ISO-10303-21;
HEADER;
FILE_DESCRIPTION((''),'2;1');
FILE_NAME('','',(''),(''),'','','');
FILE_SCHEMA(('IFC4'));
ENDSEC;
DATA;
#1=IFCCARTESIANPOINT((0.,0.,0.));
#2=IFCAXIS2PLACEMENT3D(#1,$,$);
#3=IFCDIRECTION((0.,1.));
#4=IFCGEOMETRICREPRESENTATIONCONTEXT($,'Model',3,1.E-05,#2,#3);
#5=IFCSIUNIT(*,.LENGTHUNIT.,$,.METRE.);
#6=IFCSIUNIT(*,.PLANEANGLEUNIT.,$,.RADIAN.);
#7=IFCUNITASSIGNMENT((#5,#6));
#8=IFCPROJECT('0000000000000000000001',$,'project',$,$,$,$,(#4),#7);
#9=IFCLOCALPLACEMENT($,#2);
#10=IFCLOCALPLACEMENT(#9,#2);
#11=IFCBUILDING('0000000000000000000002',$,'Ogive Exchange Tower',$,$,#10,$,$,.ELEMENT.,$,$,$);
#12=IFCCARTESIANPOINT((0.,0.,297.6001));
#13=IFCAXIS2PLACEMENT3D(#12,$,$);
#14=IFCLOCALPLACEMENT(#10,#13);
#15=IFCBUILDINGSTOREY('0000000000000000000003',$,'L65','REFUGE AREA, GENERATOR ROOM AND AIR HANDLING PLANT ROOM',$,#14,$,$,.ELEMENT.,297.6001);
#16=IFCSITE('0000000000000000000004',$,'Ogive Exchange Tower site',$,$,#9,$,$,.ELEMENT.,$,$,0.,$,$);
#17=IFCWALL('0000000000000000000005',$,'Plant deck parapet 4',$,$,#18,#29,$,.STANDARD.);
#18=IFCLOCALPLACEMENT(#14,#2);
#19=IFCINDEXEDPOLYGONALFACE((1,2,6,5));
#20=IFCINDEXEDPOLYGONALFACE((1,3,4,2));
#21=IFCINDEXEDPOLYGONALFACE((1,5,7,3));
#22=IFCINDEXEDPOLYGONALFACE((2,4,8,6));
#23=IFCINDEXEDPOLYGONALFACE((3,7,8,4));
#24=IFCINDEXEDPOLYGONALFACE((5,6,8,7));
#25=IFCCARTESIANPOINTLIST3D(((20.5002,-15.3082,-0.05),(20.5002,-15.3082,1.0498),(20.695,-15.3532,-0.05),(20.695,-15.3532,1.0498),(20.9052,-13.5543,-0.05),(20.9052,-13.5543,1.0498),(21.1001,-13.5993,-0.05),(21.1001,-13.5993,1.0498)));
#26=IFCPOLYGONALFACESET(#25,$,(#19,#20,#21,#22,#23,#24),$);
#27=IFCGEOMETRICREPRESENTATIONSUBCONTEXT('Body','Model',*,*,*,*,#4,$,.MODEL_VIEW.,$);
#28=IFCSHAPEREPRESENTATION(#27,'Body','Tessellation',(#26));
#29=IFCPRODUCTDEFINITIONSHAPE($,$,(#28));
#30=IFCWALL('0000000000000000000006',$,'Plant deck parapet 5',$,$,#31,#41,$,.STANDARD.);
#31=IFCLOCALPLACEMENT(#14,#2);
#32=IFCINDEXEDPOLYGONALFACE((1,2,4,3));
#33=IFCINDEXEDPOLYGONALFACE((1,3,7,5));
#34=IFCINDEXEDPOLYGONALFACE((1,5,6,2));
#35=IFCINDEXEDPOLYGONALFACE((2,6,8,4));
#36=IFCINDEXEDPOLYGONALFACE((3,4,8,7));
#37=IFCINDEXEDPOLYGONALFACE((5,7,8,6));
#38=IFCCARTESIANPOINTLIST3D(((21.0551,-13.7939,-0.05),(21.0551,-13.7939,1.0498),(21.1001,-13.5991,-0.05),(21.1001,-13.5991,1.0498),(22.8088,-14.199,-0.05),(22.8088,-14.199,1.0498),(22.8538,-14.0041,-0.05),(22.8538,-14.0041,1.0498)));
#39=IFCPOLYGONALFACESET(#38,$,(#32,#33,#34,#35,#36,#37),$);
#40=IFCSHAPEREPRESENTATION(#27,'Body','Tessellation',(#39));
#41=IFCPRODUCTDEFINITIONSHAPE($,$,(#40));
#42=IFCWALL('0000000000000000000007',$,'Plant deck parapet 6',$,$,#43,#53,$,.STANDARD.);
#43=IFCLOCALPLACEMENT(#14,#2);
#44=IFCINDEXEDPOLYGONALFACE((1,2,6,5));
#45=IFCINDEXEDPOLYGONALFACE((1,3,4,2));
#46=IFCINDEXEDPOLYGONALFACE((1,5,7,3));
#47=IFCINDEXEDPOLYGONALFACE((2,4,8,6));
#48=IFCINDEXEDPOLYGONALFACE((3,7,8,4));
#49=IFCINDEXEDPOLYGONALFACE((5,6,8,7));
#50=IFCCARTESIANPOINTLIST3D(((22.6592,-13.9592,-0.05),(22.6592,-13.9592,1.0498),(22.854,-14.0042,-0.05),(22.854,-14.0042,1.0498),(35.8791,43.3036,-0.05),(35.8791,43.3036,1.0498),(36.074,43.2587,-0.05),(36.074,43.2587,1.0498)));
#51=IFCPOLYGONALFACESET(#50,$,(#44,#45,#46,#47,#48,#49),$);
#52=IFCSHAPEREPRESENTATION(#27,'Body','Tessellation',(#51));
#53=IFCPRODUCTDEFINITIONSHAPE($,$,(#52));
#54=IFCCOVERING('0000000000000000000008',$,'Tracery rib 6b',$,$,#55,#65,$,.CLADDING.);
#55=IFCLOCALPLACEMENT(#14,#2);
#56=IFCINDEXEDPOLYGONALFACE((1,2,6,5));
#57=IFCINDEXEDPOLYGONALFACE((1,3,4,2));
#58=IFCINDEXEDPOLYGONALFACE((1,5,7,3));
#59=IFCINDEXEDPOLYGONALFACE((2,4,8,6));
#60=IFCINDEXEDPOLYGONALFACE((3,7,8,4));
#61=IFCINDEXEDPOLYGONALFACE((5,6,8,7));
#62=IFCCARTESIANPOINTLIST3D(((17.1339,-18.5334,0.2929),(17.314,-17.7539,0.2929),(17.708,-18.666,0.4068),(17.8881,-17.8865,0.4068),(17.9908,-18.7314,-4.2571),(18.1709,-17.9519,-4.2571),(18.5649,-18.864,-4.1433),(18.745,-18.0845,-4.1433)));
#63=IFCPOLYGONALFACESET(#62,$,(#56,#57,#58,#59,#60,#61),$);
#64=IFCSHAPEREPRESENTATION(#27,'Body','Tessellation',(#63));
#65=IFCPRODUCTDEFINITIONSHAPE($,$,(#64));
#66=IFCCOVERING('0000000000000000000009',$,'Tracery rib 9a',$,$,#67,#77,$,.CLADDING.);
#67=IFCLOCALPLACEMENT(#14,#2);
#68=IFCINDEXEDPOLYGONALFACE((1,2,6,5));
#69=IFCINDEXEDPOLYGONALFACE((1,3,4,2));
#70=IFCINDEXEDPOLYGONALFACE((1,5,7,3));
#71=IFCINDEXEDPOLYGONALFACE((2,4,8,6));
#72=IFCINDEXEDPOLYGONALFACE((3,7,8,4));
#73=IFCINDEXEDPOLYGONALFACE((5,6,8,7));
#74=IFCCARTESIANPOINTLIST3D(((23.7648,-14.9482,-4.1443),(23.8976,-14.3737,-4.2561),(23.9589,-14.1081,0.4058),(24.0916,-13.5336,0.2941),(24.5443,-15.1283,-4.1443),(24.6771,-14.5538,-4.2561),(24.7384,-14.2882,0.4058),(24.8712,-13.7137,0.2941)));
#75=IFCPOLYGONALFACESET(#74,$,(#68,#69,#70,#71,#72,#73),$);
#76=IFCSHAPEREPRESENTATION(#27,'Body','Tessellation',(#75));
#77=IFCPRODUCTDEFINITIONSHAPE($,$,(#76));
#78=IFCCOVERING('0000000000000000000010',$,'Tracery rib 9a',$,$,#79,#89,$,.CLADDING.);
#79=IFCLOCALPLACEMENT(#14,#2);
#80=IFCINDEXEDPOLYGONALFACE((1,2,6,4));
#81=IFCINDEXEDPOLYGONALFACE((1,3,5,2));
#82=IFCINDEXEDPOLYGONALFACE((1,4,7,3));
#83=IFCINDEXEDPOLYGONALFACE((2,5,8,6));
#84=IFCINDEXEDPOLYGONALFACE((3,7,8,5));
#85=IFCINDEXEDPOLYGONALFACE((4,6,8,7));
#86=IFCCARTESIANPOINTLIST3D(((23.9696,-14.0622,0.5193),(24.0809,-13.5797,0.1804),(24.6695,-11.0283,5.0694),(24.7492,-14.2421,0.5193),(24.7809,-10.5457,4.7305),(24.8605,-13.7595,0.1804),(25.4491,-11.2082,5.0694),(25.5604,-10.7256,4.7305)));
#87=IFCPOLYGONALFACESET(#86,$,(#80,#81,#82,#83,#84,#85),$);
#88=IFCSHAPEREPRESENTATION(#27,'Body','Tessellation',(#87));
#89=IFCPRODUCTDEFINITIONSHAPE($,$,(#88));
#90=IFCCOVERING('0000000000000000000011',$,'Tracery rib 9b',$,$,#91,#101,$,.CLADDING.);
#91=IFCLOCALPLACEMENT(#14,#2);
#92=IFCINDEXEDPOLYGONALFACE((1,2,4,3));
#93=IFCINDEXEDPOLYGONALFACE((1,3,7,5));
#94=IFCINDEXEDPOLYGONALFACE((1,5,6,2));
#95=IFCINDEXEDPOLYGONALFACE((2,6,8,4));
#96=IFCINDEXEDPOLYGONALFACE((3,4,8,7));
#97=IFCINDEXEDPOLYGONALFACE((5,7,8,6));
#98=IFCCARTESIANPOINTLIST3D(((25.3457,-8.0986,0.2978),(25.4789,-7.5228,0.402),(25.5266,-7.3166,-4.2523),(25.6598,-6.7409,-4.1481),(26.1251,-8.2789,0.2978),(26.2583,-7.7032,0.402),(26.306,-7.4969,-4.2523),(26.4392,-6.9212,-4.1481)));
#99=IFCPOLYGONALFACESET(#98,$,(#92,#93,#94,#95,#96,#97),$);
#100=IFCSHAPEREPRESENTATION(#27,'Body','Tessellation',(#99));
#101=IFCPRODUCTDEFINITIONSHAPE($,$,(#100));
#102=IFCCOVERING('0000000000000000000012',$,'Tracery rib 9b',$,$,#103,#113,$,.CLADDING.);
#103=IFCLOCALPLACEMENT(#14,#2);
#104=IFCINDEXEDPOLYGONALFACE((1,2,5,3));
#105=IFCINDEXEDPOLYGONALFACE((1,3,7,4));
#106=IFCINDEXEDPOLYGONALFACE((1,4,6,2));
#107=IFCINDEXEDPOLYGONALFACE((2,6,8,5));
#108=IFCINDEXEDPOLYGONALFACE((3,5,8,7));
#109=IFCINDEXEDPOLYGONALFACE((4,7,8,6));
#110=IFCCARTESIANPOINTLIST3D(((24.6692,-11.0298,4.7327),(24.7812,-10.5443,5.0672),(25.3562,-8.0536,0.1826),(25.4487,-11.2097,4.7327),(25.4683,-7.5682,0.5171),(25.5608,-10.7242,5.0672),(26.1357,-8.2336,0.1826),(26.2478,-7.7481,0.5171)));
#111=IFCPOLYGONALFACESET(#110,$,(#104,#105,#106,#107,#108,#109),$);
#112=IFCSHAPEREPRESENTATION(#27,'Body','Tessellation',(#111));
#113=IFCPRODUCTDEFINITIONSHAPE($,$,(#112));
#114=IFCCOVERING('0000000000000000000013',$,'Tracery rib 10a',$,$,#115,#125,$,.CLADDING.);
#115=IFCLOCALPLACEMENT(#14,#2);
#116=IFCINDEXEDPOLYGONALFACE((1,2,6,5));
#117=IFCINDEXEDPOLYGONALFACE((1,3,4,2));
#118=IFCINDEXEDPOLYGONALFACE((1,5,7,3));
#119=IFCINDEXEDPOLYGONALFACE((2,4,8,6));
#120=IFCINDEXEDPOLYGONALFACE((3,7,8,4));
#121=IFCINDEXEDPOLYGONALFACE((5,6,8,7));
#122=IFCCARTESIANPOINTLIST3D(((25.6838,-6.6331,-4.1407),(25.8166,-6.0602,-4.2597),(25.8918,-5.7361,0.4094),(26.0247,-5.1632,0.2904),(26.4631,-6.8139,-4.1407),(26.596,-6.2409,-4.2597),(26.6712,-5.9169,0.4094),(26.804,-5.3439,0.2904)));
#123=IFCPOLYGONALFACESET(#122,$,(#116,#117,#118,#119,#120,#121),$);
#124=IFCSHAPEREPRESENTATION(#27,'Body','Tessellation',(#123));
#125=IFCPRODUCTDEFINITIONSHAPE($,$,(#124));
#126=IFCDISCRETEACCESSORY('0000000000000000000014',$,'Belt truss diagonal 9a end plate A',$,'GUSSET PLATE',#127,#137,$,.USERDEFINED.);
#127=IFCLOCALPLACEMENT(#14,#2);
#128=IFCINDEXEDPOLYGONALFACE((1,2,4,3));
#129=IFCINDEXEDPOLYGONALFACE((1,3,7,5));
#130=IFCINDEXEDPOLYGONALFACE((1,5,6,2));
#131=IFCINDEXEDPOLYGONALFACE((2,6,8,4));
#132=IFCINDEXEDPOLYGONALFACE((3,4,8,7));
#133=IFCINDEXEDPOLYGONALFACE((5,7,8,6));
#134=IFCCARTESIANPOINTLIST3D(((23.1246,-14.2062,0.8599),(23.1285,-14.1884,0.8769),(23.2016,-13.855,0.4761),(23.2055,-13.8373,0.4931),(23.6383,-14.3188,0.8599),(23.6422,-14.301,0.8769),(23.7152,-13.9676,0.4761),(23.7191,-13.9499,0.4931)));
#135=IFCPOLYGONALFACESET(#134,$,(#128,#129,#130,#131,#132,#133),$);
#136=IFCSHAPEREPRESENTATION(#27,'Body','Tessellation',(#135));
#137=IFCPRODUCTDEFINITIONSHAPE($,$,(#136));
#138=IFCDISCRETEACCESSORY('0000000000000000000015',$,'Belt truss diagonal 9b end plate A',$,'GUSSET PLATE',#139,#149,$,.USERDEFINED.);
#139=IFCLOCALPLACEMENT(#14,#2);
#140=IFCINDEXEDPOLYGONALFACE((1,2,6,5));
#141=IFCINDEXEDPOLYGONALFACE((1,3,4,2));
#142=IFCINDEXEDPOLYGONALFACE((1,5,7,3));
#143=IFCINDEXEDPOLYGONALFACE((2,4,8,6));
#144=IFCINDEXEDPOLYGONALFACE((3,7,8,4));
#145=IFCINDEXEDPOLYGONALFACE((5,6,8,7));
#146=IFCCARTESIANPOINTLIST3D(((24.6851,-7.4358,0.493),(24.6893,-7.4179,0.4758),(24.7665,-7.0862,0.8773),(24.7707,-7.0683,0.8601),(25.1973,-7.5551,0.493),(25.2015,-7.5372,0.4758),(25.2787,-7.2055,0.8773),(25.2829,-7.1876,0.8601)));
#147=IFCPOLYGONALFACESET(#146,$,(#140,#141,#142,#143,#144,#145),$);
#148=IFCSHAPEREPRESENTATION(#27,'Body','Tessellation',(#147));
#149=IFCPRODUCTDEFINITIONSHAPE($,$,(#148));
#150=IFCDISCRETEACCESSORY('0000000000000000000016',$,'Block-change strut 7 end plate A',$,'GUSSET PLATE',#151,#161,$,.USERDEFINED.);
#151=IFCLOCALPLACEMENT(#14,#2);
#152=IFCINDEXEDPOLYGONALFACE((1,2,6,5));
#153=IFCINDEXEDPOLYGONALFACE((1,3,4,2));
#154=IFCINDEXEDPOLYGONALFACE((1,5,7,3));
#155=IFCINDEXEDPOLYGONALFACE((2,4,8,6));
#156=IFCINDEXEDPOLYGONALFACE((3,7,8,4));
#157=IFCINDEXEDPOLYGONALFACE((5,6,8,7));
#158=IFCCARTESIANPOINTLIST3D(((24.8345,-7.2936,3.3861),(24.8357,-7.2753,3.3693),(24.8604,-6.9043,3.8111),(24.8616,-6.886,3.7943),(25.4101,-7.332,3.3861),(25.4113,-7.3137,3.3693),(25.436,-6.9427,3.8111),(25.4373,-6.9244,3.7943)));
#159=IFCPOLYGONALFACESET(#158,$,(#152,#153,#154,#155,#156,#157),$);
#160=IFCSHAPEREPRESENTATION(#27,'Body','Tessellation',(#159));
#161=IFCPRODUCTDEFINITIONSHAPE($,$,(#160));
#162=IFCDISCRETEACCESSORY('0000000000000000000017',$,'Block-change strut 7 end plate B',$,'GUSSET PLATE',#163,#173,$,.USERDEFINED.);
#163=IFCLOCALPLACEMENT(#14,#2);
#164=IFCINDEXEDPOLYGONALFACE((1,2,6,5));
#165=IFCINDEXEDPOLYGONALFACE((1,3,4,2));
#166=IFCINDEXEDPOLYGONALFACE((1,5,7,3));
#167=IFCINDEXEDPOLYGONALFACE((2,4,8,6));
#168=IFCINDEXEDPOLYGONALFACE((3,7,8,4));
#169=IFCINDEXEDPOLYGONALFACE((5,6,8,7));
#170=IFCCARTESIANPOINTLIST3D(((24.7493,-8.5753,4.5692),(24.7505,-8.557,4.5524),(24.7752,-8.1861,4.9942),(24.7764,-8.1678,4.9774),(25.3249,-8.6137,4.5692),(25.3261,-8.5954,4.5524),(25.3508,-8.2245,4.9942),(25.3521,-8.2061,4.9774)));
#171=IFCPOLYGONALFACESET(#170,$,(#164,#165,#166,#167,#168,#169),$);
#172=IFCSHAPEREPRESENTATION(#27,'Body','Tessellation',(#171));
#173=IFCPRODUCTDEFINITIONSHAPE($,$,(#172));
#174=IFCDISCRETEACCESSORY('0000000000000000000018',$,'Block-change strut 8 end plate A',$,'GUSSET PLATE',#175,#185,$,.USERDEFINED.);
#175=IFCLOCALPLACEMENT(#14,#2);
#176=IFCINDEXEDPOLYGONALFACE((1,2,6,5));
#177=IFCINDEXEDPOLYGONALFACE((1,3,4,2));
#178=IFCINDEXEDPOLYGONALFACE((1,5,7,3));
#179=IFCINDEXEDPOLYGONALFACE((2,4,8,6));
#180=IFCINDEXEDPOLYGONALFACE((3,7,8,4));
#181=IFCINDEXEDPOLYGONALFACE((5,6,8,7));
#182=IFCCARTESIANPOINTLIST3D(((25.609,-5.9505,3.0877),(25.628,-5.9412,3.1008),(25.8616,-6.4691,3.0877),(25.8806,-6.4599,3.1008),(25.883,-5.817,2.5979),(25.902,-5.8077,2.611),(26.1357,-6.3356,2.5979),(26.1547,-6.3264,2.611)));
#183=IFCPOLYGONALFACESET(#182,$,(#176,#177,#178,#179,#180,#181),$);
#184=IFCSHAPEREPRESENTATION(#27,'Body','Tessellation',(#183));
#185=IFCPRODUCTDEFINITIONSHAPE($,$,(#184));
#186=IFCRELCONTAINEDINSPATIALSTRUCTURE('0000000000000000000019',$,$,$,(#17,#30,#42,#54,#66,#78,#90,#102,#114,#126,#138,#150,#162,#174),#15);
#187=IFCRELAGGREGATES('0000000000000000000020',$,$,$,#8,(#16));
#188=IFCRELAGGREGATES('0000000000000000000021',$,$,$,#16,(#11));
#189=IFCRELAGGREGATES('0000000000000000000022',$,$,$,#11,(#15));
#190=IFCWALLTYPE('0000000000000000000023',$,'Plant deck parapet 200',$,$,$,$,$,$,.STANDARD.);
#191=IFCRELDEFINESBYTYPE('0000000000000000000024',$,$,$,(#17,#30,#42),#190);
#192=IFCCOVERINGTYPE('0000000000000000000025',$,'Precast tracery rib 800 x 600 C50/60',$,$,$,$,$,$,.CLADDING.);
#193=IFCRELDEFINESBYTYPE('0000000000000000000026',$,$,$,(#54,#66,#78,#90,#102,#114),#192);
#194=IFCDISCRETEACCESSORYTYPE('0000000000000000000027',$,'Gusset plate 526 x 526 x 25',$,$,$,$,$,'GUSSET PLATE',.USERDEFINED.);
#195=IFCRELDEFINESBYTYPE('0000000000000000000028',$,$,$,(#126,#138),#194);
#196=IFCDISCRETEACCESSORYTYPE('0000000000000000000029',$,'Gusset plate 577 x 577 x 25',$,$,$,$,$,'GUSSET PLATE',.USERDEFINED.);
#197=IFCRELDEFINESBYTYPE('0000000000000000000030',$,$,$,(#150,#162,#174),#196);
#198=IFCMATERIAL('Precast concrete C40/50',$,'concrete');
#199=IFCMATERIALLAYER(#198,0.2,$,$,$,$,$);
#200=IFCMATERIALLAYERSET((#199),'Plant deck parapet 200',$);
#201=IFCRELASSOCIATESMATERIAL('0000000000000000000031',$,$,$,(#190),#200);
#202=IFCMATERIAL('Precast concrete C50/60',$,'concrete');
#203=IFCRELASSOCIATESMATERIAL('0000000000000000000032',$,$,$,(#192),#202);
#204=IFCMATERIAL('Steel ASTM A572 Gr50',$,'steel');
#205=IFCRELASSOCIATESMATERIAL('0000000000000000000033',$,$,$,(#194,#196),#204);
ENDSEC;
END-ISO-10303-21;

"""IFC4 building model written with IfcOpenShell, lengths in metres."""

from ifc_helpers import new_model, si_unit, direction, frame, frame_2d, origin, origin_2d, place, context, subcontext, project, spatial, rectangle, extrude, material, layer, layer_set, material_profile, profile_set, type_object, element, save


model = new_model("IFC4")

# Units and contexts
model_context = context("Model", 3, precision=1e-05, world=origin(), true_north=direction((0.0, 1.0)))
body_context = subcontext(model_context, "Body", "Model", "MODEL_VIEW")
ifc_project = project(units=[si_unit("LENGTHUNIT", "METRE"), si_unit("PLANEANGLEUNIT", "RADIAN")], contexts=[model_context])

# Site, building, storey
site_placement = place(None, origin())
site = spatial("IfcSite", under=ifc_project, at=site_placement, Name="Ogive Exchange Tower site", CompositionType="ELEMENT", RefElevation=0.0)
building_placement = place(site_placement, origin())
building = spatial("IfcBuilding", under=site, at=building_placement, Name="Ogive Exchange Tower", CompositionType="ELEMENT")
storey_placement = place(building_placement, frame((0.0, 0.0, 297.6001)))
storey = spatial("IfcBuildingStorey", under=building, at=storey_placement, Name="L65", Description="REFUGE AREA, GENERATOR ROOM AND AIR HANDLING PLANT ROOM", CompositionType="ELEMENT", Elevation=297.6001)

# Walls
ifc_material_1 = material(Name="Precast concrete C40/50", Category="concrete")
ifc_layer_1 = layer(ifc_material_1, 0.2)
ifc_layer_set_1 = layer_set([ifc_layer_1], Name="Plant deck parapet 200")
wall_type_1 = type_object("IfcWallType", Name="Plant deck parapet 200", PredefinedType="STANDARD", material=ifc_layer_set_1)
wall_1_placement = place(storey_placement, frame((20.5977, -15.3306, -0.05), z_axis=(0.0, 0.0, 1.0), x_axis=(0.225008, 0.974357, 0.0)))
element("IfcWall", 1, at=wall_1_placement, inside=storey, type_object=wall_type_1, Name="Plant deck parapet 4", PredefinedType="STANDARD", context=body_context, shape_type="SweptSolid", body=[
    extrude(rectangle(XDim=1.8, YDim=0.2, at=frame_2d((0.8999, 0.0))), origin(), (0.0, 0.0, 1.0), 1.0999),
])
wall_2_placement = place(storey_placement, frame((21.0776, -13.6965, -0.05), z_axis=(0.0, 0.0, 1.0), x_axis=(0.97435, -0.225038, 0.0)))
element("IfcWall", 2, at=wall_2_placement, inside=storey, type_object=wall_type_1, Name="Plant deck parapet 5", PredefinedType="STANDARD", context=body_context, shape_type="SweptSolid", body=[
    extrude(rectangle(XDim=1.7998, YDim=0.2, at=frame_2d((0.8999, 0.0))), origin(), (0.0, 0.0, 1.0), 1.0999),
])
wall_3_placement = place(storey_placement, frame((22.7566, -13.9817, -0.05), z_axis=(0.0, 0.0, 1.0), x_axis=(0.224947, 0.974371, 0.0)))
element("IfcWall", 3, at=wall_3_placement, inside=storey, type_object=wall_type_1, Name="Plant deck parapet 6", PredefinedType="STANDARD", context=body_context, shape_type="SweptSolid", body=[
    extrude(rectangle(XDim=58.769, YDim=0.2, at=frame_2d((29.3845, 0.0))), origin(), (0.0, 0.0, 1.0), 1.0999),
])

# Coverings
ifc_material_2 = material(Name="Precast concrete C50/60", Category="concrete")
ifc_material_profile_1 = material_profile(ifc_material_2, rectangle(XDim=0.8, YDim=0.6001, at=origin_2d()), Name="RIB 800 x 600")
ifc_profile_set_1 = profile_set([ifc_material_profile_1], Name="Precast concrete C50/60")
covering_type = type_object("IfcCoveringType", Name="Precast tracery rib 800 x 600 C50/60", PredefinedType="CLADDING", material=ifc_profile_set_1)
covering_1_placement = place(storey_placement, frame((18.3679, -18.408, -4.2002), z_axis=(-0.184912, 0.042725, 0.981826), x_axis=(-0.225123, -0.97433, 0.0)))
element("IfcCovering", 4, at=covering_1_placement, inside=storey, type_object=covering_type, Name="Tracery rib 6b", PredefinedType="CLADDING", context=body_context, shape_type="SweptSolid", body=[
    extrude(rectangle(XDim=0.8, YDim=0.6001, at=origin_2d()), origin(), (0.0, 0.0, 1.0), 4.6343),
])
covering_2_placement = place(storey_placement, frame((24.2209, -14.751, -4.2002), z_axis=(0.041911, 0.181404, 0.982515), x_axis=(-0.974334, 0.225108, 0.0)))
element("IfcCovering", 5, at=covering_2_placement, inside=storey, type_object=covering_type, Name="Tracery rib 9a", PredefinedType="CLADDING", context=body_context, shape_type="SweptSolid", body=[
    extrude(rectangle(XDim=0.8, YDim=0.6001, at=origin_2d()), origin(), (0.0, 0.0, 1.0), 4.6311),
])
covering_3_placement = place(storey_placement, frame((24.415, -13.9109, 0.3499), z_axis=(0.126954, 0.550283, 0.82527), x_axis=(-0.974404, 0.224802, 0.0)))
element("IfcCovering", 6, at=covering_3_placement, inside=storey, type_object=covering_type, Name="Tracery rib 9a", PredefinedType="CLADDING", context=body_context, shape_type="SweptSolid", body=[
    extrude(rectangle(XDim=0.8, YDim=0.6001, at=origin_2d()), origin(), (0.0, 0.0, 1.0), 5.5134),
])
covering_4_placement = place(storey_placement, frame((25.9829, -7.1189, -4.2002), z_axis=(-0.039155, -0.169249, 0.984795), x_axis=(0.974268, -0.225393, 0.0)))
element("IfcCovering", 7, at=covering_4_placement, inside=storey, type_object=covering_type, Name="Tracery rib 9b", PredefinedType="CLADDING", context=body_context, shape_type="SweptSolid", body=[
    extrude(rectangle(XDim=0.8, YDim=0.6001, at=origin_2d()), origin(), (0.0, 0.0, 1.0), 4.6204),
])
covering_5_placement = place(storey_placement, frame((25.802, -7.9009, 0.3499), z_axis=(-0.125364, -0.543065, 0.830279), x_axis=(0.974375, -0.22493, 0.0)))
element("IfcCovering", 8, at=covering_5_placement, inside=storey, type_object=covering_type, Name="Tracery rib 9b", PredefinedType="CLADDING", context=body_context, shape_type="SweptSolid", body=[
    extrude(rectangle(XDim=0.8, YDim=0.6001, at=origin_2d()), origin(), (0.0, 0.0, 1.0), 5.4802),
])
covering_6_placement = place(storey_placement, frame((26.1399, -6.437, -4.2002), z_axis=(0.044807, 0.193218, 0.980132), x_axis=(-0.974149, 0.225905, 0.0)))
element("IfcCovering", 9, at=covering_6_placement, inside=storey, type_object=covering_type, Name="Tracery rib 10a", PredefinedType="CLADDING", context=body_context, shape_type="SweptSolid", body=[
    extrude(rectangle(XDim=0.8, YDim=0.6001, at=origin_2d()), origin(), (0.0, 0.0, 1.0), 4.6423),
])

# Discrete accessories
ifc_material_3 = material(Name="Steel ASTM A572 Gr50", Category="steel")
ifc_material_profile_2 = material_profile(ifc_material_3, rectangle(XDim=0.5259, YDim=0.5259, at=origin_2d()), Name="PL 526 x 526 x 25")
ifc_profile_set_2 = profile_set([ifc_material_profile_2], Name="Steel ASTM A572 Gr50")
discrete_accessory_type_1 = type_object("IfcDiscreteAccessoryType", Name="Gusset plate 526 x 526 x 25", ElementType="GUSSET PLATE", PredefinedType="USERDEFINED", material=ifc_profile_set_2)
discrete_accessory_1_placement = place(storey_placement, frame((23.4199, -14.0869, 0.668), z_axis=(0.156256, 0.712916, 0.683619), x_axis=(-0.976813, 0.214096, 0.0)))
element("IfcDiscreteAccessory", 10, at=discrete_accessory_1_placement, inside=storey, type_object=discrete_accessory_type_1, Name="Belt truss diagonal 9a end plate A", ObjectType="GUSSET PLATE", PredefinedType="USERDEFINED", context=body_context, shape_type="SweptSolid", body=[
    extrude(rectangle(XDim=0.5259, YDim=0.5259, at=origin_2d()), origin(), (0.0, 0.0, 1.0), 0.0249),
])
discrete_accessory_2_placement = place(storey_placement, frame((24.9861, -7.3027, 0.668), z_axis=(-0.165761, -0.711797, 0.682545), x_axis=(0.97394, -0.226808, 0.0)))
element("IfcDiscreteAccessory", 11, at=discrete_accessory_2_placement, inside=storey, type_object=discrete_accessory_type_1, Name="Belt truss diagonal 9b end plate A", ObjectType="GUSSET PLATE", PredefinedType="USERDEFINED", context=body_context, shape_type="SweptSolid", body=[
    extrude(rectangle(XDim=0.5259, YDim=0.5259, at=origin_2d()), origin(), (0.0, 0.0, 1.0), 0.0251),
])
ifc_material_profile_3 = material_profile(ifc_material_3, rectangle(XDim=0.5769, YDim=0.5769, at=origin_2d()), Name="PL 577 x 577 x 25")
ifc_profile_set_3 = profile_set([ifc_material_profile_3], Name="Steel ASTM A572 Gr50")
discrete_accessory_type_2 = type_object("IfcDiscreteAccessoryType", Name="Gusset plate 577 x 577 x 25", ElementType="GUSSET PLATE", PredefinedType="USERDEFINED", material=ifc_profile_set_3)
for number, where, z_axis, x_axis, name in (
    (12, (25.1365, -7.0999, 3.5818), (-0.049003, -0.735047, 0.676243), (0.997785, -0.066519, 0.0), "Block-change strut 7 end plate A"),
    (13, (25.0513, -8.3816, 4.7649), (-0.049003, -0.735047, 0.676243), (0.997785, -0.066519, 0.0), "Block-change strut 7 end plate B"),
    (14, (25.8723, -6.1431, 2.8428), (0.76324, 0.371835, 0.528397), (-0.437969, 0.89899, 0.0), "Block-change strut 8 end plate A"),
):
    element("IfcDiscreteAccessory", number, at=place(storey_placement, frame(where, z_axis=z_axis, x_axis=x_axis)), inside=storey, type_object=discrete_accessory_type_2, Name=name, ObjectType="GUSSET PLATE", PredefinedType="USERDEFINED", context=body_context, shape_type="SweptSolid", body=[
        extrude(rectangle(XDim=0.5769, YDim=0.5769, at=origin_2d()), origin(), (0.0, 0.0, 1.0), 0.0249),
    ])

save(model, "model.ifc")
